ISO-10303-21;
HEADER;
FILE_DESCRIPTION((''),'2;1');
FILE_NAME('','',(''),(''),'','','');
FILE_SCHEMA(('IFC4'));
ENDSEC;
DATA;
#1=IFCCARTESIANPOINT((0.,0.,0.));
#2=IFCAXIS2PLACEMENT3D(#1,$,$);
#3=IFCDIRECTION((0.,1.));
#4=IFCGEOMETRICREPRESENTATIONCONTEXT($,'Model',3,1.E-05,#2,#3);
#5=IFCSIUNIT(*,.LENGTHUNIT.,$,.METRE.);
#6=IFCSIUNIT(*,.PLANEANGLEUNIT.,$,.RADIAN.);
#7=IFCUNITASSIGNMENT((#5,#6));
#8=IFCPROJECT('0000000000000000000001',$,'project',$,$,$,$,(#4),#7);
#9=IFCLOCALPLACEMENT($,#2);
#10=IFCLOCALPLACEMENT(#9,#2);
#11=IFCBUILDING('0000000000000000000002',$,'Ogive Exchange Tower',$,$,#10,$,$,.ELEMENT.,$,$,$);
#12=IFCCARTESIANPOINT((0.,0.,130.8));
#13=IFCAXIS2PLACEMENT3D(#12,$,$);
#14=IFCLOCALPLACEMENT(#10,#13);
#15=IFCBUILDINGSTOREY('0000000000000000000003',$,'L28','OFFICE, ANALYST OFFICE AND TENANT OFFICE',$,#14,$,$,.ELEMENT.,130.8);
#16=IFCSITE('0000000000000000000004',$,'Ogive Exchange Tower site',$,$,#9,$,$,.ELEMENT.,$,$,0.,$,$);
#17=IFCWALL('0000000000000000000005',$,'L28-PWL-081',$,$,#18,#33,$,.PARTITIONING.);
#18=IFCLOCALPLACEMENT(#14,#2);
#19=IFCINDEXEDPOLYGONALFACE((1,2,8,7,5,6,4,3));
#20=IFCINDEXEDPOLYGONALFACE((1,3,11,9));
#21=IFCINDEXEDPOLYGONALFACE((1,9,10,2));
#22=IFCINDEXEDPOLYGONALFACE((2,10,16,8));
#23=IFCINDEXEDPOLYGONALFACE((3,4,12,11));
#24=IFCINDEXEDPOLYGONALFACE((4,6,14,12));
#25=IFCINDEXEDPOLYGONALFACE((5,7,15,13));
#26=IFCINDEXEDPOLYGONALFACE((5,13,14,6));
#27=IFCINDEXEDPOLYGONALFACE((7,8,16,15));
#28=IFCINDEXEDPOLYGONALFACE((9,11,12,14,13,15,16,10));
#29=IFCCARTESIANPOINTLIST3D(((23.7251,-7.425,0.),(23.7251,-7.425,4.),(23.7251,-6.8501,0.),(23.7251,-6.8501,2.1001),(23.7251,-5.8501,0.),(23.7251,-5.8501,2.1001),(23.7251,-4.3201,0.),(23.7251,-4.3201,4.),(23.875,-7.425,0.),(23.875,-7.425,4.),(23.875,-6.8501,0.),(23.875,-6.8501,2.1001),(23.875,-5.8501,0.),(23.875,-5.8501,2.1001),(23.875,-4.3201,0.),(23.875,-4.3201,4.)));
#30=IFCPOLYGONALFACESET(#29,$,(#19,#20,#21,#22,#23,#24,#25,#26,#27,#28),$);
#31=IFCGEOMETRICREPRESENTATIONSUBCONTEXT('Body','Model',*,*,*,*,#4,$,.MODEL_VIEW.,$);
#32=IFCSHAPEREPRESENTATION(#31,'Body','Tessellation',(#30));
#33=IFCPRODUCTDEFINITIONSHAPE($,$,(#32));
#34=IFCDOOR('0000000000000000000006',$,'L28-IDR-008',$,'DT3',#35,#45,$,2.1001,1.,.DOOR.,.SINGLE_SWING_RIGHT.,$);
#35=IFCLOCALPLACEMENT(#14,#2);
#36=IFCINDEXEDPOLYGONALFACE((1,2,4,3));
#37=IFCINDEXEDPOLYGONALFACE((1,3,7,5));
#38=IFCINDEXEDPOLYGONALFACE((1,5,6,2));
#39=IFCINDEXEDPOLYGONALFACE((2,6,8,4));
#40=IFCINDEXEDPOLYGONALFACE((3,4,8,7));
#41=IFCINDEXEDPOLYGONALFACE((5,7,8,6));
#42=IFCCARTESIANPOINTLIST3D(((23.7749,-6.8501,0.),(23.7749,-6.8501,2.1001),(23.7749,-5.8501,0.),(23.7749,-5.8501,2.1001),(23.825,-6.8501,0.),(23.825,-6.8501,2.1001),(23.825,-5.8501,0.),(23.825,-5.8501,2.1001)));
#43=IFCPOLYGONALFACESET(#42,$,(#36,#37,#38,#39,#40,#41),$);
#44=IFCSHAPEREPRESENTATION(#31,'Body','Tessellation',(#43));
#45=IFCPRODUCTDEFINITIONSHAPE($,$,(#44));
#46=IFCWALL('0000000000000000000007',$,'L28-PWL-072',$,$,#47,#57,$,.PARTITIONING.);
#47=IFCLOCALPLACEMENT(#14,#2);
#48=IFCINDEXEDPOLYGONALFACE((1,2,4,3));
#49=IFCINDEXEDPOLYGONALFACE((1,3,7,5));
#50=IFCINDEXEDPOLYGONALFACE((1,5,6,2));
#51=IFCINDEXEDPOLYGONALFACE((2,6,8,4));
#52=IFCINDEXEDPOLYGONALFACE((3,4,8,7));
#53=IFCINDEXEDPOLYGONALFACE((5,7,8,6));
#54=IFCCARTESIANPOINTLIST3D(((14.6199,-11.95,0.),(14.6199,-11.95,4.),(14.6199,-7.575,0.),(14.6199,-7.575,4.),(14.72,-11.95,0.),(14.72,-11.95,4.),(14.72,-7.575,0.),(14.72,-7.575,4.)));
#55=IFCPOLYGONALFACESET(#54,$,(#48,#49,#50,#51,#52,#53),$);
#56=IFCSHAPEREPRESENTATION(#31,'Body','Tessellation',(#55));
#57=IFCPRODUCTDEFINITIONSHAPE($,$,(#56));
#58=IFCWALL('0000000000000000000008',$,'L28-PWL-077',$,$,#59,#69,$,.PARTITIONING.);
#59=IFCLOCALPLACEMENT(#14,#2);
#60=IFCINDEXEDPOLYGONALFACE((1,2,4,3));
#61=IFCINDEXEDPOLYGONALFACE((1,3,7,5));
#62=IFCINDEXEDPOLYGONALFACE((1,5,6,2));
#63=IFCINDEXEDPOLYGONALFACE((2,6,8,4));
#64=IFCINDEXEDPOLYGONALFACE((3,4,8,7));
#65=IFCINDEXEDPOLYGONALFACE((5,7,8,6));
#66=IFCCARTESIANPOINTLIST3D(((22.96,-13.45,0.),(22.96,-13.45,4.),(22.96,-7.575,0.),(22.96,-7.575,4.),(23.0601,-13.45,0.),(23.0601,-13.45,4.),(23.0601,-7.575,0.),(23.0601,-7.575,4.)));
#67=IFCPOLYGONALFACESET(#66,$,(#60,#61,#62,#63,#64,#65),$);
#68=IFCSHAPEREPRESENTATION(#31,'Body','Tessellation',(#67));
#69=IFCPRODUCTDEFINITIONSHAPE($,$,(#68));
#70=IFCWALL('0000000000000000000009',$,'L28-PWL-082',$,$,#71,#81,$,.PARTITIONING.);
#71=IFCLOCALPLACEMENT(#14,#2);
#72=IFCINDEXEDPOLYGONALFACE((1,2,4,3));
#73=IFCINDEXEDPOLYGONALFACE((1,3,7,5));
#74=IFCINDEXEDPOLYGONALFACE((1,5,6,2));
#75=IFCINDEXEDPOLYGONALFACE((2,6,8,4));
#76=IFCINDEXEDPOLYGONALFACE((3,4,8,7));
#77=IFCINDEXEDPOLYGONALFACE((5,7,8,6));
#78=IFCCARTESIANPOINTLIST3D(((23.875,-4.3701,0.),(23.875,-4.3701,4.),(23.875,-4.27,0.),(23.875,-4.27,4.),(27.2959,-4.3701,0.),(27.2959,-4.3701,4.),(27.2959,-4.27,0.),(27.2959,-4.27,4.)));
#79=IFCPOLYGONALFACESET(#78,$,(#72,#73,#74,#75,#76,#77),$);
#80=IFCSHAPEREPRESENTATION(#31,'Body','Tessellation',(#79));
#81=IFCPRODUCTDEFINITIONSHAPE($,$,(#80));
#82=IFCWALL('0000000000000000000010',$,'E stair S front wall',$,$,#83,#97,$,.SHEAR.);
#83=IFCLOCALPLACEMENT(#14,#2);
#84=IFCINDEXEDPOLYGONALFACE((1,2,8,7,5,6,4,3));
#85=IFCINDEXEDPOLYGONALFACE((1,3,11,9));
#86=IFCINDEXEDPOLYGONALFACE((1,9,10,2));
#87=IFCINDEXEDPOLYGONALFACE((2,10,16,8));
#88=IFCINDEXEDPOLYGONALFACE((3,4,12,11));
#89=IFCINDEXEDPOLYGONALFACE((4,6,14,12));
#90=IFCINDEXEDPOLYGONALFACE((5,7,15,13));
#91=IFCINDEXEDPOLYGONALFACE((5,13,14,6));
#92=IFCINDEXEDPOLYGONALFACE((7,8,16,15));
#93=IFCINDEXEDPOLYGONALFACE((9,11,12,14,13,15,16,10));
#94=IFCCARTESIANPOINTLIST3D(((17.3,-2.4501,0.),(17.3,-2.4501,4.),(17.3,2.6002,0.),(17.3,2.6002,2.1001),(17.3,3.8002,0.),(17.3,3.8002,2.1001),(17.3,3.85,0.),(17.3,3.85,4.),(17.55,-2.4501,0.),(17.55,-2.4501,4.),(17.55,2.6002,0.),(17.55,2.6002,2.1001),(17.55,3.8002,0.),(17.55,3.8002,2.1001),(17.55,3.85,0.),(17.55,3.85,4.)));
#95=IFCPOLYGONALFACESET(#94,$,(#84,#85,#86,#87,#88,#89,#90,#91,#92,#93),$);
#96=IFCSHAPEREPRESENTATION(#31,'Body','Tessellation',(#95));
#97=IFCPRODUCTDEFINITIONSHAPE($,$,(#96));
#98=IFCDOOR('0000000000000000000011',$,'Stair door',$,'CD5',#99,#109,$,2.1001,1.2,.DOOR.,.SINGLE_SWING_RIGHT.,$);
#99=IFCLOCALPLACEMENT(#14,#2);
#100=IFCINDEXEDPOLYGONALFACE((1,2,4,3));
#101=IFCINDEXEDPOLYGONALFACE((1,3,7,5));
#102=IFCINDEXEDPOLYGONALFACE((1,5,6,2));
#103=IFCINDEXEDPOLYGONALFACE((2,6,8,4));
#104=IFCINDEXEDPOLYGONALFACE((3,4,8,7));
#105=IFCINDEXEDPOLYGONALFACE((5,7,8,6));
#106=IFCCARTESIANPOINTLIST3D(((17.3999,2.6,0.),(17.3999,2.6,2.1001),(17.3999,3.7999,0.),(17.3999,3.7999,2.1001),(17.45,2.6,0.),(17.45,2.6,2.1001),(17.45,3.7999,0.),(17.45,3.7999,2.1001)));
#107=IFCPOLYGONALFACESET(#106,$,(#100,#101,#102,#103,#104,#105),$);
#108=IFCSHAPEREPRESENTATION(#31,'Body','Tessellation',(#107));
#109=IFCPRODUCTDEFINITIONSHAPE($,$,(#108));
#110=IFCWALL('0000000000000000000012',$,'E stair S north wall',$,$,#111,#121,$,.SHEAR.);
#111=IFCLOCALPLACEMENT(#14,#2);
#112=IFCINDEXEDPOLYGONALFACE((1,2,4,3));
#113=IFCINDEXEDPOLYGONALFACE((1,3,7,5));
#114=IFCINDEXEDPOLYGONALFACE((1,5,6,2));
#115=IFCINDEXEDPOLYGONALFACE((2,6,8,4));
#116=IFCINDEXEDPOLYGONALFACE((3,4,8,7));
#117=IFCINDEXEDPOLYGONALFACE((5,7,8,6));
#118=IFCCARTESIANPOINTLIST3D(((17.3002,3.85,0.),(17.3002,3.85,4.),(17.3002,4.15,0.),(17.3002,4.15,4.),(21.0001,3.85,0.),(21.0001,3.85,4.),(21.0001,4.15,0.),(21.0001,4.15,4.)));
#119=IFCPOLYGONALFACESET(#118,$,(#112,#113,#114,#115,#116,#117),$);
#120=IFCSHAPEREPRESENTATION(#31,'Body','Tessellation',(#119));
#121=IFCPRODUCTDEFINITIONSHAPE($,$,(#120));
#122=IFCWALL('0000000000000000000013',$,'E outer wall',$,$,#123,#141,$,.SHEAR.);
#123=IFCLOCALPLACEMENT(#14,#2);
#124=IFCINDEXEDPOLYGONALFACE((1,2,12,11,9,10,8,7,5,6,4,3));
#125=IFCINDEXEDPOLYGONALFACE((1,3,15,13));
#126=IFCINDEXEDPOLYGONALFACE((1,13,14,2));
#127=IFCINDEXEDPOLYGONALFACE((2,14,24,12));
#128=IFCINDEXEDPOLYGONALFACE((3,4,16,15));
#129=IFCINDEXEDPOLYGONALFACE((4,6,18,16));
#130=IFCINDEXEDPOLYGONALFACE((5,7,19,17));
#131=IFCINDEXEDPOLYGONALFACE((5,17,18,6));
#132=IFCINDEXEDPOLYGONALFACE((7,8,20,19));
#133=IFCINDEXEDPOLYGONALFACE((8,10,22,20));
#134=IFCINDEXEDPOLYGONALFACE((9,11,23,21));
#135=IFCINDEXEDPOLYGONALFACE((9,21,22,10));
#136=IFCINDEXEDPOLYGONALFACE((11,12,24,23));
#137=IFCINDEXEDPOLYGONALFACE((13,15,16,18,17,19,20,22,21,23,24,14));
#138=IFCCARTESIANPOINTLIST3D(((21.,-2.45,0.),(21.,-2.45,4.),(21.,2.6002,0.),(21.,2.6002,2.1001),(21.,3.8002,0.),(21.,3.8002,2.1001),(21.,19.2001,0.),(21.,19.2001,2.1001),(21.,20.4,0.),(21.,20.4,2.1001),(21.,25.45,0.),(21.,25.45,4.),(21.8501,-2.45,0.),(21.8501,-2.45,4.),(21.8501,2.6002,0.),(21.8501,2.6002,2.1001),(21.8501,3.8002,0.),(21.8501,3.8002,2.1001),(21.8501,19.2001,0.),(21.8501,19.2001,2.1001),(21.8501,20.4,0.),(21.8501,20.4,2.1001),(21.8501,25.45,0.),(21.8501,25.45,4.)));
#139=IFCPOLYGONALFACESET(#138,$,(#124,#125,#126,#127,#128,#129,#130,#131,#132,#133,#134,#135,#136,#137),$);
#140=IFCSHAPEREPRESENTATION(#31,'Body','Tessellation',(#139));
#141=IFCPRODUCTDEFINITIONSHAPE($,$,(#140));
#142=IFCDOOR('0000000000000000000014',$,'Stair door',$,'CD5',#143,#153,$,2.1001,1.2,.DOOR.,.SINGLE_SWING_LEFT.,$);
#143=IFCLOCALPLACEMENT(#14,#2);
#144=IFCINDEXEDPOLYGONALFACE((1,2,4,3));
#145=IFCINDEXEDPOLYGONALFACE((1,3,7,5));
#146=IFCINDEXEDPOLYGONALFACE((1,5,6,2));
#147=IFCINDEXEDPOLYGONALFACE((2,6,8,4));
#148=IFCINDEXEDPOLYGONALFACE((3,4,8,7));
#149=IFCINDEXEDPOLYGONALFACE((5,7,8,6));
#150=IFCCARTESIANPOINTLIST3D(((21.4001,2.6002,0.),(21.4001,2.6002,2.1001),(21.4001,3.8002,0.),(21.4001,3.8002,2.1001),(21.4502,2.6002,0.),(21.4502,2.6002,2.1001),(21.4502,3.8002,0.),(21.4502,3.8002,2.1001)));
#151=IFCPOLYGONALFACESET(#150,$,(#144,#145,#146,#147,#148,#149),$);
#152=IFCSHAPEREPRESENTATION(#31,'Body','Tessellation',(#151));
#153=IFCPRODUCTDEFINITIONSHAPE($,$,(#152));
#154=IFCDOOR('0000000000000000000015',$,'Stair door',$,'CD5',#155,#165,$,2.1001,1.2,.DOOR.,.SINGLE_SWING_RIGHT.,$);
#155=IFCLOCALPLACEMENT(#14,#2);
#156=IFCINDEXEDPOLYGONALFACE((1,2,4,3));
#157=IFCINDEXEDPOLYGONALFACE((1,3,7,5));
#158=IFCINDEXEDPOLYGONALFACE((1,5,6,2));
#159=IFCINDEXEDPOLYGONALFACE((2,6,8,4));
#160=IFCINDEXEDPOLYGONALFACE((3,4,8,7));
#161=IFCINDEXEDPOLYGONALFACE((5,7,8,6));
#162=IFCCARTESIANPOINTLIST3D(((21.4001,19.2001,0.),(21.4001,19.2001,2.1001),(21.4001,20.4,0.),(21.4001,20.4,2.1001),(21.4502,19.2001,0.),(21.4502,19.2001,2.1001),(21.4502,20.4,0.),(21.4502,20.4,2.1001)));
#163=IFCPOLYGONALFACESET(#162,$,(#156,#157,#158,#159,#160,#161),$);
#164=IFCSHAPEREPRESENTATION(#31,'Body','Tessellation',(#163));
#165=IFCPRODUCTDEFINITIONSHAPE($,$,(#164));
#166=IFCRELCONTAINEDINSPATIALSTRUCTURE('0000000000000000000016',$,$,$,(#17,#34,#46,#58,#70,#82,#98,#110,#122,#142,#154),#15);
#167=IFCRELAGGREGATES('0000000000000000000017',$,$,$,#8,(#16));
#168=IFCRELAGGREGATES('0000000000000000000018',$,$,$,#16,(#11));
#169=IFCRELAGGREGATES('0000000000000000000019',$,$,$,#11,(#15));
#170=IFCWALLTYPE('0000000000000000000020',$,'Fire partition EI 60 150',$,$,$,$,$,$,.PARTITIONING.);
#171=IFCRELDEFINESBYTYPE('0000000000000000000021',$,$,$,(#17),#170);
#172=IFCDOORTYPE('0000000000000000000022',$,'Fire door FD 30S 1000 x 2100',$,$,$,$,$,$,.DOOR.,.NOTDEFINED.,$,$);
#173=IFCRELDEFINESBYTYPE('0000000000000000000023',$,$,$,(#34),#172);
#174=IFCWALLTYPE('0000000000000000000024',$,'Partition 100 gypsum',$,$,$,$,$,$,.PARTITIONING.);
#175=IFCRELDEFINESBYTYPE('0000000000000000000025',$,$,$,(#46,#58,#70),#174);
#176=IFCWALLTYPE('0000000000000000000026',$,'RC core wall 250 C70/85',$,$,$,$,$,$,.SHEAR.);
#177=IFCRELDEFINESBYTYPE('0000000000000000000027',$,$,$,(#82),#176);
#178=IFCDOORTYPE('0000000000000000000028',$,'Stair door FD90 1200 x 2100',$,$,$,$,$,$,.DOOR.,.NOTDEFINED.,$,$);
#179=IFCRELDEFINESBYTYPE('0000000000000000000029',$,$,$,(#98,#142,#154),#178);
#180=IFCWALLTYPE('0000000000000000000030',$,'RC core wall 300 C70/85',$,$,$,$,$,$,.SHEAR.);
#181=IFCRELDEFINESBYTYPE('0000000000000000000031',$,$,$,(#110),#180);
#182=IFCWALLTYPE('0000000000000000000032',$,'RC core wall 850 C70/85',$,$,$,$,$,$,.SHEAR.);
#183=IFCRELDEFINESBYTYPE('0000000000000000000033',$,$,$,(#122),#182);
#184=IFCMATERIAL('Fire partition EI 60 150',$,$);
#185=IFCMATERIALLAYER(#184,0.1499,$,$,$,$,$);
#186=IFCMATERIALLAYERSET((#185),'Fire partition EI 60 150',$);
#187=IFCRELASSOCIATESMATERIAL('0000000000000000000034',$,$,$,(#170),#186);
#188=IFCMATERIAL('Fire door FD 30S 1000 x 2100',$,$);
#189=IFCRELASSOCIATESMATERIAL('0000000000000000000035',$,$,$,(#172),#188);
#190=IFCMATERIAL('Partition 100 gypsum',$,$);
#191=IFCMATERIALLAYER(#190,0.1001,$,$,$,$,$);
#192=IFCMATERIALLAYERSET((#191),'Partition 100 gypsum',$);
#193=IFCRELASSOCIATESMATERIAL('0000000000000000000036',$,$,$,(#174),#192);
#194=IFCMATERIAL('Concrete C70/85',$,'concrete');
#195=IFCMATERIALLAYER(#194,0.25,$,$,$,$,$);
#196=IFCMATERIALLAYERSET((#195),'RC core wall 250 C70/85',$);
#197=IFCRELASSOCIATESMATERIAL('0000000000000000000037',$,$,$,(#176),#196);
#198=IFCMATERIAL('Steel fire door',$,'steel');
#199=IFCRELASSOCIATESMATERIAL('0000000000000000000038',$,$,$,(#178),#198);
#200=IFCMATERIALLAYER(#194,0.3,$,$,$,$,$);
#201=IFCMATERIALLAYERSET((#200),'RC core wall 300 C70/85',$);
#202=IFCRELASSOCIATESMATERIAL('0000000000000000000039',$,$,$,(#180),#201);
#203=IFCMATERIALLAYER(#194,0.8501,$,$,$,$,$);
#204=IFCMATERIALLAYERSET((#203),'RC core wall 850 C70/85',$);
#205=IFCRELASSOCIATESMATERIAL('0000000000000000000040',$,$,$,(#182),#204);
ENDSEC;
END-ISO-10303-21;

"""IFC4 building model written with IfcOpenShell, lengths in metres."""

from ifc_helpers import new_model, si_unit, direction, frame, frame_2d, origin, place, context, subcontext, project, spatial, rectangle, extrude, material, layer, layer_set, type_object, element, fill, save


model = new_model("IFC4")

# Units and contexts
model_context = context("Model", 3, precision=1e-05, world=origin(), true_north=direction((0.0, 1.0)))
body_context = subcontext(model_context, "Body", "Model", "MODEL_VIEW")
ifc_project = project(units=[si_unit("LENGTHUNIT", "METRE"), si_unit("PLANEANGLEUNIT", "RADIAN")], contexts=[model_context])

# Site, building, storey
site_placement = place(None, origin())
site = spatial("IfcSite", under=ifc_project, at=site_placement, Name="Ogive Exchange Tower site", CompositionType="ELEMENT", RefElevation=0.0)
building_placement = place(site_placement, origin())
building = spatial("IfcBuilding", under=site, at=building_placement, Name="Ogive Exchange Tower", CompositionType="ELEMENT")
storey_placement = place(building_placement, frame((0.0, 0.0, 130.8)))
storey = spatial("IfcBuildingStorey", under=building, at=storey_placement, Name="L28", Description="OFFICE, ANALYST OFFICE AND TENANT OFFICE", CompositionType="ELEMENT", Elevation=130.8)

# Shared definitions
ifc_material_1 = material(Name="Fire partition EI 60 150")
ifc_layer_1 = layer(ifc_material_1, 0.1499)
ifc_layer_set_1 = layer_set([ifc_layer_1], Name="Fire partition EI 60 150")
wall_type_1 = type_object("IfcWallType", Name="Fire partition EI 60 150", PredefinedType="PARTITIONING", material=ifc_layer_set_1)
ifc_material_2 = material(Name="Fire door FD 30S 1000 x 2100")
door_type_1 = type_object("IfcDoorType", Name="Fire door FD 30S 1000 x 2100", OperationType="NOTDEFINED", PredefinedType="DOOR", material=ifc_material_2)

# Wall, opening, door
wall_1_placement = place(storey_placement, frame((23.8, -4.3201, 0.0), z_axis=(0.0, 0.0, 1.0), x_axis=(0.0, -1.0, 0.0)))
wall_1 = element("IfcWall", 1, at=wall_1_placement, inside=storey, type_object=wall_type_1, Name="L28-PWL-081", PredefinedType="PARTITIONING", context=body_context, shape_type="SweptSolid", body=[
    extrude(rectangle(XDim=3.105, YDim=0.1499, at=frame_2d((1.5525, 0.0))), origin(), (0.0, 0.0, 1.0), 4.0),
])
opening_1_placement = place(wall_1_placement, frame((1.53, 0.0, 0.0)))
opening_1 = element("IfcOpeningElement", 2, at=opening_1_placement, cuts=wall_1, PredefinedType="OPENING", context=body_context, shape_type="SweptSolid", body=[
    extrude(rectangle(XDim=1.0, YDim=2.1001, at=frame_2d((0.5, 1.05))), frame((0.0, 0.085, 0.0), z_axis=(0.0, -1.0, 0.0), x_axis=(1.0, 0.0, 0.0)), (0.0, 0.0, 1.0), 0.1699),
])
door_1_placement = place(opening_1_placement, origin())
door_1 = element("IfcDoor", 3, at=door_1_placement, inside=storey, type_object=door_type_1, Name="L28-IDR-008", ObjectType="DT3", OperationType="SINGLE_SWING_RIGHT", OverallHeight=2.1001, OverallWidth=1.0, PredefinedType="DOOR", context=body_context, shape_type="SweptSolid", body=[
    extrude(rectangle(XDim=1.0, YDim=2.1001, at=frame_2d((0.5, 1.05))), frame((0.0, 0.0249, 0.0), z_axis=(0.0, -1.0, 0.0), x_axis=(1.0, 0.0, 0.0)), (0.0, 0.0, 1.0), 0.05),
])
fill(opening_1, door_1)

# Walls
ifc_material_3 = material(Name="Partition 100 gypsum")
ifc_layer_2 = layer(ifc_material_3, 0.1001)
ifc_layer_set_2 = layer_set([ifc_layer_2], Name="Partition 100 gypsum")
wall_type_2 = type_object("IfcWallType", Name="Partition 100 gypsum", PredefinedType="PARTITIONING", material=ifc_layer_set_2)
wall_2_placement = place(storey_placement, frame((14.6699, -7.575, 0.0), z_axis=(0.0, 0.0, 1.0), x_axis=(0.0, -1.0, 0.0)))
element("IfcWall", 4, at=wall_2_placement, inside=storey, type_object=wall_type_2, Name="L28-PWL-072", PredefinedType="PARTITIONING", context=body_context, shape_type="SweptSolid", body=[
    extrude(rectangle(XDim=4.375, YDim=0.1001, at=frame_2d((2.1875, 0.0))), origin(), (0.0, 0.0, 1.0), 4.0),
])
wall_3_placement = place(storey_placement, frame((23.01, -7.575, 0.0), z_axis=(0.0, 0.0, 1.0), x_axis=(0.0, -1.0, 0.0)))
element("IfcWall", 5, at=wall_3_placement, inside=storey, type_object=wall_type_2, Name="L28-PWL-077", PredefinedType="PARTITIONING", context=body_context, shape_type="SweptSolid", body=[
    extrude(rectangle(XDim=5.875, YDim=0.1001, at=frame_2d((2.9375, 0.0))), origin(), (0.0, 0.0, 1.0), 4.0),
])
wall_4_placement = place(storey_placement, frame((23.875, -4.3201, 0.0), z_axis=(0.0, 0.0, 1.0), x_axis=(1.0, 0.0, 0.0)))
element("IfcWall", 6, at=wall_4_placement, inside=storey, type_object=wall_type_2, Name="L28-PWL-082", PredefinedType="PARTITIONING", context=body_context, shape_type="SweptSolid", body=[
    extrude(rectangle(XDim=3.4209, YDim=0.1001, at=frame_2d((1.7104, 0.0))), origin(), (0.0, 0.0, 1.0), 4.0),
])

# Wall, opening, door
ifc_material_4 = material(Name="Concrete C70/85", Category="concrete")
ifc_layer_3 = layer(ifc_material_4, 0.25)
ifc_layer_set_3 = layer_set([ifc_layer_3], Name="RC core wall 250 C70/85")
wall_type_3 = type_object("IfcWallType", Name="RC core wall 250 C70/85", PredefinedType="SHEAR", material=ifc_layer_set_3)
wall_5_placement = place(storey_placement, frame((17.425, -2.45, 0.0), z_axis=(0.0, 0.0, 1.0), x_axis=(0.0, 1.0, 0.0)))
wall_5 = element("IfcWall", 7, at=wall_5_placement, inside=storey, type_object=wall_type_3, Name="E stair S front wall", PredefinedType="SHEAR", context=body_context, shape_type="SweptSolid", body=[
    extrude(rectangle(XDim=6.3, YDim=0.25, at=frame_2d((3.1499, 0.0))), origin(), (0.0, 0.0, 1.0), 4.0),
])
opening_2_placement = place(wall_5_placement, frame((5.05, 0.0, 0.0)))
opening_2 = element("IfcOpeningElement", 8, at=opening_2_placement, cuts=wall_5, PredefinedType="OPENING", context=body_context, shape_type="SweptSolid", body=[
    extrude(rectangle(XDim=1.2, YDim=2.1001, at=frame_2d((0.6001, 1.05))), frame((0.0, 0.135, 0.0), z_axis=(0.0, -1.0, 0.0), x_axis=(1.0, 0.0, 0.0)), (0.0, 0.0, 1.0), 0.27),
])
ifc_material_5 = material(Name="Steel fire door", Category="steel")
door_type_2 = type_object("IfcDoorType", Name="Stair door FD90 1200 x 2100", OperationType="NOTDEFINED", PredefinedType="DOOR", material=ifc_material_5)
door_2_placement = place(opening_2_placement, frame((1.2, 0.0, 0.0), z_axis=(0.0, 0.0, 1.0), x_axis=(-1.0, 0.0, 0.0)))
door_2 = element("IfcDoor", 9, at=door_2_placement, inside=storey, type_object=door_type_2, Name="Stair door", ObjectType="CD5", OperationType="SINGLE_SWING_RIGHT", OverallHeight=2.1001, OverallWidth=1.2, PredefinedType="DOOR", context=body_context, shape_type="SweptSolid", body=[
    extrude(rectangle(XDim=1.2, YDim=2.1001, at=frame_2d((0.6001, 1.05))), frame((0.0, 0.0249, 0.0), z_axis=(0.0, -1.0, 0.0), x_axis=(1.0, 0.0, 0.0)), (0.0, 0.0, 1.0), 0.05),
])
fill(opening_2, door_2)

# Wall
ifc_layer_4 = layer(ifc_material_4, 0.3)
ifc_layer_set_4 = layer_set([ifc_layer_4], Name="RC core wall 300 C70/85")
wall_type_4 = type_object("IfcWallType", Name="RC core wall 300 C70/85", PredefinedType="SHEAR", material=ifc_layer_set_4)
wall_6_placement = place(storey_placement, frame((17.3, 4.0, 0.0), z_axis=(0.0, 0.0, 1.0), x_axis=(1.0, 0.0, 0.0)))
element("IfcWall", 10, at=wall_6_placement, inside=storey, type_object=wall_type_4, Name="E stair S north wall", PredefinedType="SHEAR", context=body_context, shape_type="SweptSolid", body=[
    extrude(rectangle(XDim=3.7, YDim=0.3, at=frame_2d((1.8501, 0.0))), origin(), (0.0, 0.0, 1.0), 4.0),
])

# Wall, openings, doors
ifc_layer_5 = layer(ifc_material_4, 0.8501)
ifc_layer_set_5 = layer_set([ifc_layer_5], Name="RC core wall 850 C70/85")
wall_type_5 = type_object("IfcWallType", Name="RC core wall 850 C70/85", PredefinedType="SHEAR", material=ifc_layer_set_5)
wall_7_placement = place(storey_placement, frame((21.425, -2.45, 0.0), z_axis=(0.0, 0.0, 1.0), x_axis=(0.0, 1.0, 0.0)))
wall_7 = element("IfcWall", 11, at=wall_7_placement, inside=storey, type_object=wall_type_5, Name="E outer wall", PredefinedType="SHEAR", context=body_context, shape_type="SweptSolid", body=[
    extrude(rectangle(XDim=27.8999, YDim=0.8501, at=frame_2d((13.95, 0.0))), origin(), (0.0, 0.0, 1.0), 4.0),
])
opening_3_placement = place(wall_7_placement, frame((5.05, 0.0, 0.0)))
opening_3 = element("IfcOpeningElement", 12, at=opening_3_placement, cuts=wall_7, PredefinedType="OPENING", context=body_context, shape_type="SweptSolid", body=[
    extrude(rectangle(XDim=1.2, YDim=2.1001, at=frame_2d((0.6001, 1.05))), frame((0.0, 0.4351, 0.0), z_axis=(0.0, -1.0, 0.0), x_axis=(1.0, 0.0, 0.0)), (0.0, 0.0, 1.0), 0.8701),
])
opening_4_placement = place(wall_7_placement, frame((21.6499, 0.0, 0.0)))
opening_4 = element("IfcOpeningElement", 13, at=opening_4_placement, cuts=wall_7, PredefinedType="OPENING", context=body_context, shape_type="SweptSolid", body=[
    extrude(rectangle(XDim=1.2, YDim=2.1001, at=frame_2d((0.6001, 1.05))), frame((0.0, 0.4351, 0.0), z_axis=(0.0, -1.0, 0.0), x_axis=(1.0, 0.0, 0.0)), (0.0, 0.0, 1.0), 0.8701),
])
door_3_placement = place(opening_3_placement, origin())
door_3 = element("IfcDoor", 14, at=door_3_placement, inside=storey, type_object=door_type_2, Name="Stair door", ObjectType="CD5", OperationType="SINGLE_SWING_LEFT", OverallHeight=2.1001, OverallWidth=1.2, PredefinedType="DOOR", context=body_context, shape_type="SweptSolid", body=[
    extrude(rectangle(XDim=1.2, YDim=2.1001, at=frame_2d((0.6001, 1.05))), frame((0.0, 0.0249, 0.0), z_axis=(0.0, -1.0, 0.0), x_axis=(1.0, 0.0, 0.0)), (0.0, 0.0, 1.0), 0.05),
])
fill(opening_3, door_3)
door_4_placement = place(opening_4_placement, origin())
door_4 = element("IfcDoor", 15, at=door_4_placement, inside=storey, type_object=door_type_2, Name="Stair door", ObjectType="CD5", OperationType="SINGLE_SWING_RIGHT", OverallHeight=2.1001, OverallWidth=1.2, PredefinedType="DOOR", context=body_context, shape_type="SweptSolid", body=[
    extrude(rectangle(XDim=1.2, YDim=2.1001, at=frame_2d((0.6001, 1.05))), frame((0.0, 0.0249, 0.0), z_axis=(0.0, -1.0, 0.0), x_axis=(1.0, 0.0, 0.0)), (0.0, 0.0, 1.0), 0.05),
])
fill(opening_4, door_4)

save(model, "model.ifc")
